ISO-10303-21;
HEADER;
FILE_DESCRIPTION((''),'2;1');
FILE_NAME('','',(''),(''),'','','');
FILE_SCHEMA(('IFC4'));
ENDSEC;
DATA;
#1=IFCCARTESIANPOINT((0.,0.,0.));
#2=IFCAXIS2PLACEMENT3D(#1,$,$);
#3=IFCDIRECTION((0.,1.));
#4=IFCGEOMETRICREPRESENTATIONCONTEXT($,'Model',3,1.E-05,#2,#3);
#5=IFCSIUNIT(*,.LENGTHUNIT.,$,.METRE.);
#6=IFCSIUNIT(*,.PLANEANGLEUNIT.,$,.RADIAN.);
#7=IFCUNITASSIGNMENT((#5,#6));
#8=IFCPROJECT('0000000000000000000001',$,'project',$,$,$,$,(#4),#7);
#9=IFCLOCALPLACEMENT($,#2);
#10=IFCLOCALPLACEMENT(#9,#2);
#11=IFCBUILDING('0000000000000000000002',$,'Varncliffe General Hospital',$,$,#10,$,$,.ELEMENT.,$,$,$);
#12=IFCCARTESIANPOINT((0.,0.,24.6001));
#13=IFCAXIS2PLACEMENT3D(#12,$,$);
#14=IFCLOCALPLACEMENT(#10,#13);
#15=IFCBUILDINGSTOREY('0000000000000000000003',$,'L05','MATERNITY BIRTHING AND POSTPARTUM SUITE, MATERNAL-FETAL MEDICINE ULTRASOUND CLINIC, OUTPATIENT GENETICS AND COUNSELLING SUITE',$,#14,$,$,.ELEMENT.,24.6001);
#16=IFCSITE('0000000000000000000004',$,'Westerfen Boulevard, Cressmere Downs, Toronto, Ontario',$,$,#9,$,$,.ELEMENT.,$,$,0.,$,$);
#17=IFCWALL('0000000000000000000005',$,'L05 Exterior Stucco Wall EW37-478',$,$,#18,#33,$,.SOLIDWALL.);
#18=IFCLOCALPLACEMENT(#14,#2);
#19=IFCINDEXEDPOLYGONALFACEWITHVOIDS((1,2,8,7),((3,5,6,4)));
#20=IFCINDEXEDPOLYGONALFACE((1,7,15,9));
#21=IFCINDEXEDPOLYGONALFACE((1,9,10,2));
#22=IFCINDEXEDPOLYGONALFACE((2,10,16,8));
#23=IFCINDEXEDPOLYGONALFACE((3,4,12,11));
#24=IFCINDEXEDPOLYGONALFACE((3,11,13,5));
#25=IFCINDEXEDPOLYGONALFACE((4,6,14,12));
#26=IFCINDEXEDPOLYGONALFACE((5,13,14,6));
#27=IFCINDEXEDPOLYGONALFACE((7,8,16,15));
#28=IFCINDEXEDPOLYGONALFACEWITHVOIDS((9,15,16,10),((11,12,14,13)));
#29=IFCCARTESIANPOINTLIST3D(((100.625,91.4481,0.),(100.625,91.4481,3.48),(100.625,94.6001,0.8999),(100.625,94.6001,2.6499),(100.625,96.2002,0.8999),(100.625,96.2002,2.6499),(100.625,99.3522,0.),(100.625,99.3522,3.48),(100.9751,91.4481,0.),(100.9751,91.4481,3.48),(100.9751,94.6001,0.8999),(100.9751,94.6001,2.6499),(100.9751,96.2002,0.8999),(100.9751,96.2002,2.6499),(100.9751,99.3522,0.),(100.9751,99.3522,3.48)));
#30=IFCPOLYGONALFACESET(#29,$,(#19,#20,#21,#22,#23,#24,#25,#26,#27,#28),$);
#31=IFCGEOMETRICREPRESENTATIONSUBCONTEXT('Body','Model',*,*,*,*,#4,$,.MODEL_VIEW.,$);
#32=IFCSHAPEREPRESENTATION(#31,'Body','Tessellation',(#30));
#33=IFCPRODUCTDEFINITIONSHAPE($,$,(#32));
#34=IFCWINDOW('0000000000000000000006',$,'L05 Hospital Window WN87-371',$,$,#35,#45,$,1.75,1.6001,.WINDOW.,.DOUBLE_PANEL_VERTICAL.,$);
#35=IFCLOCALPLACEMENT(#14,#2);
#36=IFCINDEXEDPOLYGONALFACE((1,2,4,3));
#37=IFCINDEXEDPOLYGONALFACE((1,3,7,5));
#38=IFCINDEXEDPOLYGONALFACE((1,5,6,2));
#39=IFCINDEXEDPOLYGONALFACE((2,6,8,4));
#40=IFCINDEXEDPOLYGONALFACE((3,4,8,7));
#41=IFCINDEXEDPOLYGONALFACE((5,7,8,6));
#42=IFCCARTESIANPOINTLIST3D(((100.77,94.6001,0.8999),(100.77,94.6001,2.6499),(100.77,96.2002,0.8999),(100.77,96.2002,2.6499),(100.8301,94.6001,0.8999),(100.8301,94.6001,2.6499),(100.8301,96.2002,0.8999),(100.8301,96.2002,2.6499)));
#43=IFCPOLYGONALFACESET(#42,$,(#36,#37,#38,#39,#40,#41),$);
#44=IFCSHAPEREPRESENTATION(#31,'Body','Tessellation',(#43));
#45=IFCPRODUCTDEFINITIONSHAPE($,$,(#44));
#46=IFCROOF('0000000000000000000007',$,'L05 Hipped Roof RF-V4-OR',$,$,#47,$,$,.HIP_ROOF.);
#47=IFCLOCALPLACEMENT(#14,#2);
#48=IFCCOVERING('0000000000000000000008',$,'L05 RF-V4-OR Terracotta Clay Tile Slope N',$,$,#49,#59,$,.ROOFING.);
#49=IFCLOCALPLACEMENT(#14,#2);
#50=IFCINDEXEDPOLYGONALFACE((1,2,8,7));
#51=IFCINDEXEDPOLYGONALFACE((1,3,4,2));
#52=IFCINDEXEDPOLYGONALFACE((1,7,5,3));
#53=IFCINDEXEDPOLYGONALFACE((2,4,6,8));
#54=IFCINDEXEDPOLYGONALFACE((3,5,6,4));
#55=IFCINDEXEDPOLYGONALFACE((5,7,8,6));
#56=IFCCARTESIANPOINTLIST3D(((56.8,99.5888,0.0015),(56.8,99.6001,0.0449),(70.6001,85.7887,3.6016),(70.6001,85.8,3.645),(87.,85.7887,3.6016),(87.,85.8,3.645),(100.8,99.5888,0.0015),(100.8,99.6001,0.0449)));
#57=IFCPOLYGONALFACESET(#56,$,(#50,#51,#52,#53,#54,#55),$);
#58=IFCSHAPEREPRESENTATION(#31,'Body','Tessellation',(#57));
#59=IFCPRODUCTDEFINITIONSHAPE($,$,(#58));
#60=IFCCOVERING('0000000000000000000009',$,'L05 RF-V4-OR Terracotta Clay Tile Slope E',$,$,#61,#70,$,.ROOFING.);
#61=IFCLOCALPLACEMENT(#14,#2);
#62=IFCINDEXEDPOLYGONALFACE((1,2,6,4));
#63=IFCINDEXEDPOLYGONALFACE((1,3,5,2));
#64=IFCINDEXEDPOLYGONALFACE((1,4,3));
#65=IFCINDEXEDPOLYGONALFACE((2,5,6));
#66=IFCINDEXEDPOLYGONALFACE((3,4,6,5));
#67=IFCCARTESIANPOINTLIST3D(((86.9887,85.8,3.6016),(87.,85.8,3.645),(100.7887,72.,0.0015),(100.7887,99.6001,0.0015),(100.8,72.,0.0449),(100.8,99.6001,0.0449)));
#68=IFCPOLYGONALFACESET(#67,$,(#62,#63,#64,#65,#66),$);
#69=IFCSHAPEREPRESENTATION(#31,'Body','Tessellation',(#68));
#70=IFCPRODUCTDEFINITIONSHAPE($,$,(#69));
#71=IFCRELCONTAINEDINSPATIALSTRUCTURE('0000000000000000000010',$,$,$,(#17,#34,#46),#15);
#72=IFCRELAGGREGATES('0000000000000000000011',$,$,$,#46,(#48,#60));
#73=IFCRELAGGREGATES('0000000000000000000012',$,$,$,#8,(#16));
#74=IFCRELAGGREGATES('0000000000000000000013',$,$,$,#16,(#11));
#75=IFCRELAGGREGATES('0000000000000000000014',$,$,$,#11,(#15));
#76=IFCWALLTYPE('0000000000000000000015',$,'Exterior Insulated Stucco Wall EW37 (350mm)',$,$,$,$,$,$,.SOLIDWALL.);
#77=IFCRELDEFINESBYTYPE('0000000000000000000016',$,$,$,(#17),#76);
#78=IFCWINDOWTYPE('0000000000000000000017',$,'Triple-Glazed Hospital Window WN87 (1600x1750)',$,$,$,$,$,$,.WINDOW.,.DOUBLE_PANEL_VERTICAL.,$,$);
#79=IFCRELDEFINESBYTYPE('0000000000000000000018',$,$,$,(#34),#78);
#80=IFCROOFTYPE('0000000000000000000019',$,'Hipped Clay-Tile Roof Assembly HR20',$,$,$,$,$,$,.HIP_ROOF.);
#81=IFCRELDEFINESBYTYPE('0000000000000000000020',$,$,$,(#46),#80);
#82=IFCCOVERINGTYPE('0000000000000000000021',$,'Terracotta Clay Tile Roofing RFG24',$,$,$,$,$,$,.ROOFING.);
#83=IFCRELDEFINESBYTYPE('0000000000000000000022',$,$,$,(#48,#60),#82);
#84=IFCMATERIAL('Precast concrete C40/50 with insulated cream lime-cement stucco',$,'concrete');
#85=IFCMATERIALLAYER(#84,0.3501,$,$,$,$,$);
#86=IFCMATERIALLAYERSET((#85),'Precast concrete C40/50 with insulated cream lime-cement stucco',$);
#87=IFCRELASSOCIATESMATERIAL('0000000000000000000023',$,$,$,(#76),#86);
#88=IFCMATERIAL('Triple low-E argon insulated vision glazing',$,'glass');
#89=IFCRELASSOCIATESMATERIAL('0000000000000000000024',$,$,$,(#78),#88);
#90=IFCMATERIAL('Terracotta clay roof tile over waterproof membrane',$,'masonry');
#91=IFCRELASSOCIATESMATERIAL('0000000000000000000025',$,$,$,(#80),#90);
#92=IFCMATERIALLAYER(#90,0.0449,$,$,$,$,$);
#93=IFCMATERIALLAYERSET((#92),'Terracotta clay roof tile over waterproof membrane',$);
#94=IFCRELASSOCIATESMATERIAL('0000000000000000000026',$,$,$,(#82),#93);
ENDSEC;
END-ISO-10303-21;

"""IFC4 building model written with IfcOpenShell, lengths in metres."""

from ifc_helpers import new_model, si_unit, direction, frame, frame_2d, origin, place, context, subcontext, project, spatial, polyline, rectangle, outline, extrude, material, layer, layer_set, type_object, element, fill, aggregate, save


model = new_model("IFC4")

# Units and contexts
model_context = context("Model", 3, precision=1e-05, world=origin(), true_north=direction((0.0, 1.0)))
body_context = subcontext(model_context, "Body", "Model", "MODEL_VIEW")
ifc_project = project(units=[si_unit("LENGTHUNIT", "METRE"), si_unit("PLANEANGLEUNIT", "RADIAN")], contexts=[model_context])

# Site, building, storey
site_placement = place(None, origin())
site = spatial("IfcSite", under=ifc_project, at=site_placement, Name="Westerfen Boulevard, Cressmere Downs, Toronto, Ontario", CompositionType="ELEMENT", RefElevation=0.0)
building_placement = place(site_placement, origin())
building = spatial("IfcBuilding", under=site, at=building_placement, Name="Varncliffe General Hospital", CompositionType="ELEMENT")
storey_placement = place(building_placement, frame((0.0, 0.0, 24.6001)))
storey = spatial("IfcBuildingStorey", under=building, at=storey_placement, Name="L05", Description="MATERNITY BIRTHING AND POSTPARTUM SUITE, MATERNAL-FETAL MEDICINE ULTRASOUND CLINIC, OUTPATIENT GENETICS AND COUNSELLING SUITE", CompositionType="ELEMENT", Elevation=24.6001)

# Wall, opening, window
ifc_material_1 = material(Name="Precast concrete C40/50 with insulated cream lime-cement stucco", Category="concrete")
ifc_material_2 = material(Name="Triple low-E argon insulated vision glazing", Category="glass")
ifc_layer_1 = layer(ifc_material_1, 0.3501)
ifc_layer_set_1 = layer_set([ifc_layer_1], Name="Precast concrete C40/50 with insulated cream lime-cement stucco")
wall_type_1 = type_object("IfcWallType", Name="Exterior Insulated Stucco Wall EW37 (350mm)", PredefinedType="SOLIDWALL", material=ifc_layer_set_1)
wall_1_placement = place(storey_placement, frame((100.8, 91.448, 0.0), z_axis=(0.0, 0.0, 1.0), x_axis=(0.0, 1.0, 0.0)))
wall_1 = element("IfcWall", 1, at=wall_1_placement, inside=storey, type_object=wall_type_1, Name="L05 Exterior Stucco Wall EW37-478", PredefinedType="SOLIDWALL", context=body_context, shape_type="SweptSolid", body=[
    extrude(rectangle(XDim=7.9041, YDim=0.3501, at=frame_2d((3.9521, 0.0))), origin(), (0.0, 0.0, 1.0), 3.48),
])
opening_1_placement = place(wall_1_placement, frame((3.1521, 0.0, 0.8999)))
opening_1 = element("IfcOpeningElement", 2, at=opening_1_placement, cuts=wall_1, PredefinedType="OPENING", context=body_context, shape_type="SweptSolid", body=[
    extrude(rectangle(XDim=1.6001, YDim=1.75, at=frame_2d((0.8, 0.875))), frame((0.0, 0.1851, 0.0), z_axis=(0.0, -1.0, 0.0), x_axis=(1.0, 0.0, 0.0)), (0.0, 0.0, 1.0), 0.3701),
])
window_type_1 = type_object("IfcWindowType", Name="Triple-Glazed Hospital Window WN87 (1600x1750)", PartitioningType="DOUBLE_PANEL_VERTICAL", PredefinedType="WINDOW", material=ifc_material_2)
window_1_placement = place(opening_1_placement, origin())
window_1 = element("IfcWindow", 3, at=window_1_placement, inside=storey, type_object=window_type_1, Name="L05 Hospital Window WN87-371", OverallHeight=1.75, OverallWidth=1.6001, PartitioningType="DOUBLE_PANEL_VERTICAL", PredefinedType="WINDOW", context=body_context, shape_type="SweptSolid", body=[
    extrude(rectangle(XDim=1.6001, YDim=1.75, at=frame_2d((0.8, 0.875))), frame((0.0, 0.03, 0.0), z_axis=(0.0, -1.0, 0.0), x_axis=(1.0, 0.0, 0.0)), (0.0, 0.0, 1.0), 0.0601),
])
fill(opening_1, window_1)

# Roof, coverings
ifc_material_3 = material(Name="Terracotta clay roof tile over waterproof membrane", Category="masonry")
roof_type = type_object("IfcRoofType", Name="Hipped Clay-Tile Roof Assembly HR20", PredefinedType="HIP_ROOF", material=ifc_material_3)
roof_placement = place(storey_placement, origin())
roof = element("IfcRoof", 4, at=roof_placement, inside=storey, type_object=roof_type, Name="L05 Hipped Roof RF-V4-OR", PredefinedType="HIP_ROOF")
ifc_layer_2 = layer(ifc_material_3, 0.0449)
ifc_layer_set_2 = layer_set([ifc_layer_2], Name="Terracotta clay roof tile over waterproof membrane")
covering_type = type_object("IfcCoveringType", Name="Terracotta Clay Tile Roofing RFG24", PredefinedType="ROOFING", material=ifc_layer_set_2)
covering_1_placement = place(storey_placement, frame((100.8, 99.6001, 0.0449), z_axis=(0.0, 0.252427, 0.967616), x_axis=(-1.0, 0.0, 0.0)))
covering_1 = element("IfcCovering", 5, at=covering_1_placement, type_object=covering_type, Name="L05 RF-V4-OR Terracotta Clay Tile Slope N", PredefinedType="ROOFING", context=body_context, shape_type="SweptSolid", body=[
    extrude(outline(polyline([(0.0, 0.0), (44.0, 0.0), (30.2, 14.2619), (13.8, 14.2619), (0.0, 0.0)])), origin(), (0.0, 0.0, -1.0), 0.0449),
])
covering_2_placement = place(storey_placement, frame((100.8, 72.0, 0.0449), z_axis=(0.252427, 0.0, 0.967616), x_axis=(0.0, 1.0, 0.0)))
covering_2 = element("IfcCovering", 6, at=covering_2_placement, type_object=covering_type, Name="L05 RF-V4-OR Terracotta Clay Tile Slope E", PredefinedType="ROOFING", context=body_context, shape_type="SweptSolid", body=[
    extrude(outline(polyline([(0.0, 0.0), (27.6001, 0.0), (13.8, 14.2619), (0.0, 0.0)])), origin(), (0.0, 0.0, -1.0), 0.0449),
])
aggregate(roof, [covering_1, covering_2])

save(model, "model.ifc")
